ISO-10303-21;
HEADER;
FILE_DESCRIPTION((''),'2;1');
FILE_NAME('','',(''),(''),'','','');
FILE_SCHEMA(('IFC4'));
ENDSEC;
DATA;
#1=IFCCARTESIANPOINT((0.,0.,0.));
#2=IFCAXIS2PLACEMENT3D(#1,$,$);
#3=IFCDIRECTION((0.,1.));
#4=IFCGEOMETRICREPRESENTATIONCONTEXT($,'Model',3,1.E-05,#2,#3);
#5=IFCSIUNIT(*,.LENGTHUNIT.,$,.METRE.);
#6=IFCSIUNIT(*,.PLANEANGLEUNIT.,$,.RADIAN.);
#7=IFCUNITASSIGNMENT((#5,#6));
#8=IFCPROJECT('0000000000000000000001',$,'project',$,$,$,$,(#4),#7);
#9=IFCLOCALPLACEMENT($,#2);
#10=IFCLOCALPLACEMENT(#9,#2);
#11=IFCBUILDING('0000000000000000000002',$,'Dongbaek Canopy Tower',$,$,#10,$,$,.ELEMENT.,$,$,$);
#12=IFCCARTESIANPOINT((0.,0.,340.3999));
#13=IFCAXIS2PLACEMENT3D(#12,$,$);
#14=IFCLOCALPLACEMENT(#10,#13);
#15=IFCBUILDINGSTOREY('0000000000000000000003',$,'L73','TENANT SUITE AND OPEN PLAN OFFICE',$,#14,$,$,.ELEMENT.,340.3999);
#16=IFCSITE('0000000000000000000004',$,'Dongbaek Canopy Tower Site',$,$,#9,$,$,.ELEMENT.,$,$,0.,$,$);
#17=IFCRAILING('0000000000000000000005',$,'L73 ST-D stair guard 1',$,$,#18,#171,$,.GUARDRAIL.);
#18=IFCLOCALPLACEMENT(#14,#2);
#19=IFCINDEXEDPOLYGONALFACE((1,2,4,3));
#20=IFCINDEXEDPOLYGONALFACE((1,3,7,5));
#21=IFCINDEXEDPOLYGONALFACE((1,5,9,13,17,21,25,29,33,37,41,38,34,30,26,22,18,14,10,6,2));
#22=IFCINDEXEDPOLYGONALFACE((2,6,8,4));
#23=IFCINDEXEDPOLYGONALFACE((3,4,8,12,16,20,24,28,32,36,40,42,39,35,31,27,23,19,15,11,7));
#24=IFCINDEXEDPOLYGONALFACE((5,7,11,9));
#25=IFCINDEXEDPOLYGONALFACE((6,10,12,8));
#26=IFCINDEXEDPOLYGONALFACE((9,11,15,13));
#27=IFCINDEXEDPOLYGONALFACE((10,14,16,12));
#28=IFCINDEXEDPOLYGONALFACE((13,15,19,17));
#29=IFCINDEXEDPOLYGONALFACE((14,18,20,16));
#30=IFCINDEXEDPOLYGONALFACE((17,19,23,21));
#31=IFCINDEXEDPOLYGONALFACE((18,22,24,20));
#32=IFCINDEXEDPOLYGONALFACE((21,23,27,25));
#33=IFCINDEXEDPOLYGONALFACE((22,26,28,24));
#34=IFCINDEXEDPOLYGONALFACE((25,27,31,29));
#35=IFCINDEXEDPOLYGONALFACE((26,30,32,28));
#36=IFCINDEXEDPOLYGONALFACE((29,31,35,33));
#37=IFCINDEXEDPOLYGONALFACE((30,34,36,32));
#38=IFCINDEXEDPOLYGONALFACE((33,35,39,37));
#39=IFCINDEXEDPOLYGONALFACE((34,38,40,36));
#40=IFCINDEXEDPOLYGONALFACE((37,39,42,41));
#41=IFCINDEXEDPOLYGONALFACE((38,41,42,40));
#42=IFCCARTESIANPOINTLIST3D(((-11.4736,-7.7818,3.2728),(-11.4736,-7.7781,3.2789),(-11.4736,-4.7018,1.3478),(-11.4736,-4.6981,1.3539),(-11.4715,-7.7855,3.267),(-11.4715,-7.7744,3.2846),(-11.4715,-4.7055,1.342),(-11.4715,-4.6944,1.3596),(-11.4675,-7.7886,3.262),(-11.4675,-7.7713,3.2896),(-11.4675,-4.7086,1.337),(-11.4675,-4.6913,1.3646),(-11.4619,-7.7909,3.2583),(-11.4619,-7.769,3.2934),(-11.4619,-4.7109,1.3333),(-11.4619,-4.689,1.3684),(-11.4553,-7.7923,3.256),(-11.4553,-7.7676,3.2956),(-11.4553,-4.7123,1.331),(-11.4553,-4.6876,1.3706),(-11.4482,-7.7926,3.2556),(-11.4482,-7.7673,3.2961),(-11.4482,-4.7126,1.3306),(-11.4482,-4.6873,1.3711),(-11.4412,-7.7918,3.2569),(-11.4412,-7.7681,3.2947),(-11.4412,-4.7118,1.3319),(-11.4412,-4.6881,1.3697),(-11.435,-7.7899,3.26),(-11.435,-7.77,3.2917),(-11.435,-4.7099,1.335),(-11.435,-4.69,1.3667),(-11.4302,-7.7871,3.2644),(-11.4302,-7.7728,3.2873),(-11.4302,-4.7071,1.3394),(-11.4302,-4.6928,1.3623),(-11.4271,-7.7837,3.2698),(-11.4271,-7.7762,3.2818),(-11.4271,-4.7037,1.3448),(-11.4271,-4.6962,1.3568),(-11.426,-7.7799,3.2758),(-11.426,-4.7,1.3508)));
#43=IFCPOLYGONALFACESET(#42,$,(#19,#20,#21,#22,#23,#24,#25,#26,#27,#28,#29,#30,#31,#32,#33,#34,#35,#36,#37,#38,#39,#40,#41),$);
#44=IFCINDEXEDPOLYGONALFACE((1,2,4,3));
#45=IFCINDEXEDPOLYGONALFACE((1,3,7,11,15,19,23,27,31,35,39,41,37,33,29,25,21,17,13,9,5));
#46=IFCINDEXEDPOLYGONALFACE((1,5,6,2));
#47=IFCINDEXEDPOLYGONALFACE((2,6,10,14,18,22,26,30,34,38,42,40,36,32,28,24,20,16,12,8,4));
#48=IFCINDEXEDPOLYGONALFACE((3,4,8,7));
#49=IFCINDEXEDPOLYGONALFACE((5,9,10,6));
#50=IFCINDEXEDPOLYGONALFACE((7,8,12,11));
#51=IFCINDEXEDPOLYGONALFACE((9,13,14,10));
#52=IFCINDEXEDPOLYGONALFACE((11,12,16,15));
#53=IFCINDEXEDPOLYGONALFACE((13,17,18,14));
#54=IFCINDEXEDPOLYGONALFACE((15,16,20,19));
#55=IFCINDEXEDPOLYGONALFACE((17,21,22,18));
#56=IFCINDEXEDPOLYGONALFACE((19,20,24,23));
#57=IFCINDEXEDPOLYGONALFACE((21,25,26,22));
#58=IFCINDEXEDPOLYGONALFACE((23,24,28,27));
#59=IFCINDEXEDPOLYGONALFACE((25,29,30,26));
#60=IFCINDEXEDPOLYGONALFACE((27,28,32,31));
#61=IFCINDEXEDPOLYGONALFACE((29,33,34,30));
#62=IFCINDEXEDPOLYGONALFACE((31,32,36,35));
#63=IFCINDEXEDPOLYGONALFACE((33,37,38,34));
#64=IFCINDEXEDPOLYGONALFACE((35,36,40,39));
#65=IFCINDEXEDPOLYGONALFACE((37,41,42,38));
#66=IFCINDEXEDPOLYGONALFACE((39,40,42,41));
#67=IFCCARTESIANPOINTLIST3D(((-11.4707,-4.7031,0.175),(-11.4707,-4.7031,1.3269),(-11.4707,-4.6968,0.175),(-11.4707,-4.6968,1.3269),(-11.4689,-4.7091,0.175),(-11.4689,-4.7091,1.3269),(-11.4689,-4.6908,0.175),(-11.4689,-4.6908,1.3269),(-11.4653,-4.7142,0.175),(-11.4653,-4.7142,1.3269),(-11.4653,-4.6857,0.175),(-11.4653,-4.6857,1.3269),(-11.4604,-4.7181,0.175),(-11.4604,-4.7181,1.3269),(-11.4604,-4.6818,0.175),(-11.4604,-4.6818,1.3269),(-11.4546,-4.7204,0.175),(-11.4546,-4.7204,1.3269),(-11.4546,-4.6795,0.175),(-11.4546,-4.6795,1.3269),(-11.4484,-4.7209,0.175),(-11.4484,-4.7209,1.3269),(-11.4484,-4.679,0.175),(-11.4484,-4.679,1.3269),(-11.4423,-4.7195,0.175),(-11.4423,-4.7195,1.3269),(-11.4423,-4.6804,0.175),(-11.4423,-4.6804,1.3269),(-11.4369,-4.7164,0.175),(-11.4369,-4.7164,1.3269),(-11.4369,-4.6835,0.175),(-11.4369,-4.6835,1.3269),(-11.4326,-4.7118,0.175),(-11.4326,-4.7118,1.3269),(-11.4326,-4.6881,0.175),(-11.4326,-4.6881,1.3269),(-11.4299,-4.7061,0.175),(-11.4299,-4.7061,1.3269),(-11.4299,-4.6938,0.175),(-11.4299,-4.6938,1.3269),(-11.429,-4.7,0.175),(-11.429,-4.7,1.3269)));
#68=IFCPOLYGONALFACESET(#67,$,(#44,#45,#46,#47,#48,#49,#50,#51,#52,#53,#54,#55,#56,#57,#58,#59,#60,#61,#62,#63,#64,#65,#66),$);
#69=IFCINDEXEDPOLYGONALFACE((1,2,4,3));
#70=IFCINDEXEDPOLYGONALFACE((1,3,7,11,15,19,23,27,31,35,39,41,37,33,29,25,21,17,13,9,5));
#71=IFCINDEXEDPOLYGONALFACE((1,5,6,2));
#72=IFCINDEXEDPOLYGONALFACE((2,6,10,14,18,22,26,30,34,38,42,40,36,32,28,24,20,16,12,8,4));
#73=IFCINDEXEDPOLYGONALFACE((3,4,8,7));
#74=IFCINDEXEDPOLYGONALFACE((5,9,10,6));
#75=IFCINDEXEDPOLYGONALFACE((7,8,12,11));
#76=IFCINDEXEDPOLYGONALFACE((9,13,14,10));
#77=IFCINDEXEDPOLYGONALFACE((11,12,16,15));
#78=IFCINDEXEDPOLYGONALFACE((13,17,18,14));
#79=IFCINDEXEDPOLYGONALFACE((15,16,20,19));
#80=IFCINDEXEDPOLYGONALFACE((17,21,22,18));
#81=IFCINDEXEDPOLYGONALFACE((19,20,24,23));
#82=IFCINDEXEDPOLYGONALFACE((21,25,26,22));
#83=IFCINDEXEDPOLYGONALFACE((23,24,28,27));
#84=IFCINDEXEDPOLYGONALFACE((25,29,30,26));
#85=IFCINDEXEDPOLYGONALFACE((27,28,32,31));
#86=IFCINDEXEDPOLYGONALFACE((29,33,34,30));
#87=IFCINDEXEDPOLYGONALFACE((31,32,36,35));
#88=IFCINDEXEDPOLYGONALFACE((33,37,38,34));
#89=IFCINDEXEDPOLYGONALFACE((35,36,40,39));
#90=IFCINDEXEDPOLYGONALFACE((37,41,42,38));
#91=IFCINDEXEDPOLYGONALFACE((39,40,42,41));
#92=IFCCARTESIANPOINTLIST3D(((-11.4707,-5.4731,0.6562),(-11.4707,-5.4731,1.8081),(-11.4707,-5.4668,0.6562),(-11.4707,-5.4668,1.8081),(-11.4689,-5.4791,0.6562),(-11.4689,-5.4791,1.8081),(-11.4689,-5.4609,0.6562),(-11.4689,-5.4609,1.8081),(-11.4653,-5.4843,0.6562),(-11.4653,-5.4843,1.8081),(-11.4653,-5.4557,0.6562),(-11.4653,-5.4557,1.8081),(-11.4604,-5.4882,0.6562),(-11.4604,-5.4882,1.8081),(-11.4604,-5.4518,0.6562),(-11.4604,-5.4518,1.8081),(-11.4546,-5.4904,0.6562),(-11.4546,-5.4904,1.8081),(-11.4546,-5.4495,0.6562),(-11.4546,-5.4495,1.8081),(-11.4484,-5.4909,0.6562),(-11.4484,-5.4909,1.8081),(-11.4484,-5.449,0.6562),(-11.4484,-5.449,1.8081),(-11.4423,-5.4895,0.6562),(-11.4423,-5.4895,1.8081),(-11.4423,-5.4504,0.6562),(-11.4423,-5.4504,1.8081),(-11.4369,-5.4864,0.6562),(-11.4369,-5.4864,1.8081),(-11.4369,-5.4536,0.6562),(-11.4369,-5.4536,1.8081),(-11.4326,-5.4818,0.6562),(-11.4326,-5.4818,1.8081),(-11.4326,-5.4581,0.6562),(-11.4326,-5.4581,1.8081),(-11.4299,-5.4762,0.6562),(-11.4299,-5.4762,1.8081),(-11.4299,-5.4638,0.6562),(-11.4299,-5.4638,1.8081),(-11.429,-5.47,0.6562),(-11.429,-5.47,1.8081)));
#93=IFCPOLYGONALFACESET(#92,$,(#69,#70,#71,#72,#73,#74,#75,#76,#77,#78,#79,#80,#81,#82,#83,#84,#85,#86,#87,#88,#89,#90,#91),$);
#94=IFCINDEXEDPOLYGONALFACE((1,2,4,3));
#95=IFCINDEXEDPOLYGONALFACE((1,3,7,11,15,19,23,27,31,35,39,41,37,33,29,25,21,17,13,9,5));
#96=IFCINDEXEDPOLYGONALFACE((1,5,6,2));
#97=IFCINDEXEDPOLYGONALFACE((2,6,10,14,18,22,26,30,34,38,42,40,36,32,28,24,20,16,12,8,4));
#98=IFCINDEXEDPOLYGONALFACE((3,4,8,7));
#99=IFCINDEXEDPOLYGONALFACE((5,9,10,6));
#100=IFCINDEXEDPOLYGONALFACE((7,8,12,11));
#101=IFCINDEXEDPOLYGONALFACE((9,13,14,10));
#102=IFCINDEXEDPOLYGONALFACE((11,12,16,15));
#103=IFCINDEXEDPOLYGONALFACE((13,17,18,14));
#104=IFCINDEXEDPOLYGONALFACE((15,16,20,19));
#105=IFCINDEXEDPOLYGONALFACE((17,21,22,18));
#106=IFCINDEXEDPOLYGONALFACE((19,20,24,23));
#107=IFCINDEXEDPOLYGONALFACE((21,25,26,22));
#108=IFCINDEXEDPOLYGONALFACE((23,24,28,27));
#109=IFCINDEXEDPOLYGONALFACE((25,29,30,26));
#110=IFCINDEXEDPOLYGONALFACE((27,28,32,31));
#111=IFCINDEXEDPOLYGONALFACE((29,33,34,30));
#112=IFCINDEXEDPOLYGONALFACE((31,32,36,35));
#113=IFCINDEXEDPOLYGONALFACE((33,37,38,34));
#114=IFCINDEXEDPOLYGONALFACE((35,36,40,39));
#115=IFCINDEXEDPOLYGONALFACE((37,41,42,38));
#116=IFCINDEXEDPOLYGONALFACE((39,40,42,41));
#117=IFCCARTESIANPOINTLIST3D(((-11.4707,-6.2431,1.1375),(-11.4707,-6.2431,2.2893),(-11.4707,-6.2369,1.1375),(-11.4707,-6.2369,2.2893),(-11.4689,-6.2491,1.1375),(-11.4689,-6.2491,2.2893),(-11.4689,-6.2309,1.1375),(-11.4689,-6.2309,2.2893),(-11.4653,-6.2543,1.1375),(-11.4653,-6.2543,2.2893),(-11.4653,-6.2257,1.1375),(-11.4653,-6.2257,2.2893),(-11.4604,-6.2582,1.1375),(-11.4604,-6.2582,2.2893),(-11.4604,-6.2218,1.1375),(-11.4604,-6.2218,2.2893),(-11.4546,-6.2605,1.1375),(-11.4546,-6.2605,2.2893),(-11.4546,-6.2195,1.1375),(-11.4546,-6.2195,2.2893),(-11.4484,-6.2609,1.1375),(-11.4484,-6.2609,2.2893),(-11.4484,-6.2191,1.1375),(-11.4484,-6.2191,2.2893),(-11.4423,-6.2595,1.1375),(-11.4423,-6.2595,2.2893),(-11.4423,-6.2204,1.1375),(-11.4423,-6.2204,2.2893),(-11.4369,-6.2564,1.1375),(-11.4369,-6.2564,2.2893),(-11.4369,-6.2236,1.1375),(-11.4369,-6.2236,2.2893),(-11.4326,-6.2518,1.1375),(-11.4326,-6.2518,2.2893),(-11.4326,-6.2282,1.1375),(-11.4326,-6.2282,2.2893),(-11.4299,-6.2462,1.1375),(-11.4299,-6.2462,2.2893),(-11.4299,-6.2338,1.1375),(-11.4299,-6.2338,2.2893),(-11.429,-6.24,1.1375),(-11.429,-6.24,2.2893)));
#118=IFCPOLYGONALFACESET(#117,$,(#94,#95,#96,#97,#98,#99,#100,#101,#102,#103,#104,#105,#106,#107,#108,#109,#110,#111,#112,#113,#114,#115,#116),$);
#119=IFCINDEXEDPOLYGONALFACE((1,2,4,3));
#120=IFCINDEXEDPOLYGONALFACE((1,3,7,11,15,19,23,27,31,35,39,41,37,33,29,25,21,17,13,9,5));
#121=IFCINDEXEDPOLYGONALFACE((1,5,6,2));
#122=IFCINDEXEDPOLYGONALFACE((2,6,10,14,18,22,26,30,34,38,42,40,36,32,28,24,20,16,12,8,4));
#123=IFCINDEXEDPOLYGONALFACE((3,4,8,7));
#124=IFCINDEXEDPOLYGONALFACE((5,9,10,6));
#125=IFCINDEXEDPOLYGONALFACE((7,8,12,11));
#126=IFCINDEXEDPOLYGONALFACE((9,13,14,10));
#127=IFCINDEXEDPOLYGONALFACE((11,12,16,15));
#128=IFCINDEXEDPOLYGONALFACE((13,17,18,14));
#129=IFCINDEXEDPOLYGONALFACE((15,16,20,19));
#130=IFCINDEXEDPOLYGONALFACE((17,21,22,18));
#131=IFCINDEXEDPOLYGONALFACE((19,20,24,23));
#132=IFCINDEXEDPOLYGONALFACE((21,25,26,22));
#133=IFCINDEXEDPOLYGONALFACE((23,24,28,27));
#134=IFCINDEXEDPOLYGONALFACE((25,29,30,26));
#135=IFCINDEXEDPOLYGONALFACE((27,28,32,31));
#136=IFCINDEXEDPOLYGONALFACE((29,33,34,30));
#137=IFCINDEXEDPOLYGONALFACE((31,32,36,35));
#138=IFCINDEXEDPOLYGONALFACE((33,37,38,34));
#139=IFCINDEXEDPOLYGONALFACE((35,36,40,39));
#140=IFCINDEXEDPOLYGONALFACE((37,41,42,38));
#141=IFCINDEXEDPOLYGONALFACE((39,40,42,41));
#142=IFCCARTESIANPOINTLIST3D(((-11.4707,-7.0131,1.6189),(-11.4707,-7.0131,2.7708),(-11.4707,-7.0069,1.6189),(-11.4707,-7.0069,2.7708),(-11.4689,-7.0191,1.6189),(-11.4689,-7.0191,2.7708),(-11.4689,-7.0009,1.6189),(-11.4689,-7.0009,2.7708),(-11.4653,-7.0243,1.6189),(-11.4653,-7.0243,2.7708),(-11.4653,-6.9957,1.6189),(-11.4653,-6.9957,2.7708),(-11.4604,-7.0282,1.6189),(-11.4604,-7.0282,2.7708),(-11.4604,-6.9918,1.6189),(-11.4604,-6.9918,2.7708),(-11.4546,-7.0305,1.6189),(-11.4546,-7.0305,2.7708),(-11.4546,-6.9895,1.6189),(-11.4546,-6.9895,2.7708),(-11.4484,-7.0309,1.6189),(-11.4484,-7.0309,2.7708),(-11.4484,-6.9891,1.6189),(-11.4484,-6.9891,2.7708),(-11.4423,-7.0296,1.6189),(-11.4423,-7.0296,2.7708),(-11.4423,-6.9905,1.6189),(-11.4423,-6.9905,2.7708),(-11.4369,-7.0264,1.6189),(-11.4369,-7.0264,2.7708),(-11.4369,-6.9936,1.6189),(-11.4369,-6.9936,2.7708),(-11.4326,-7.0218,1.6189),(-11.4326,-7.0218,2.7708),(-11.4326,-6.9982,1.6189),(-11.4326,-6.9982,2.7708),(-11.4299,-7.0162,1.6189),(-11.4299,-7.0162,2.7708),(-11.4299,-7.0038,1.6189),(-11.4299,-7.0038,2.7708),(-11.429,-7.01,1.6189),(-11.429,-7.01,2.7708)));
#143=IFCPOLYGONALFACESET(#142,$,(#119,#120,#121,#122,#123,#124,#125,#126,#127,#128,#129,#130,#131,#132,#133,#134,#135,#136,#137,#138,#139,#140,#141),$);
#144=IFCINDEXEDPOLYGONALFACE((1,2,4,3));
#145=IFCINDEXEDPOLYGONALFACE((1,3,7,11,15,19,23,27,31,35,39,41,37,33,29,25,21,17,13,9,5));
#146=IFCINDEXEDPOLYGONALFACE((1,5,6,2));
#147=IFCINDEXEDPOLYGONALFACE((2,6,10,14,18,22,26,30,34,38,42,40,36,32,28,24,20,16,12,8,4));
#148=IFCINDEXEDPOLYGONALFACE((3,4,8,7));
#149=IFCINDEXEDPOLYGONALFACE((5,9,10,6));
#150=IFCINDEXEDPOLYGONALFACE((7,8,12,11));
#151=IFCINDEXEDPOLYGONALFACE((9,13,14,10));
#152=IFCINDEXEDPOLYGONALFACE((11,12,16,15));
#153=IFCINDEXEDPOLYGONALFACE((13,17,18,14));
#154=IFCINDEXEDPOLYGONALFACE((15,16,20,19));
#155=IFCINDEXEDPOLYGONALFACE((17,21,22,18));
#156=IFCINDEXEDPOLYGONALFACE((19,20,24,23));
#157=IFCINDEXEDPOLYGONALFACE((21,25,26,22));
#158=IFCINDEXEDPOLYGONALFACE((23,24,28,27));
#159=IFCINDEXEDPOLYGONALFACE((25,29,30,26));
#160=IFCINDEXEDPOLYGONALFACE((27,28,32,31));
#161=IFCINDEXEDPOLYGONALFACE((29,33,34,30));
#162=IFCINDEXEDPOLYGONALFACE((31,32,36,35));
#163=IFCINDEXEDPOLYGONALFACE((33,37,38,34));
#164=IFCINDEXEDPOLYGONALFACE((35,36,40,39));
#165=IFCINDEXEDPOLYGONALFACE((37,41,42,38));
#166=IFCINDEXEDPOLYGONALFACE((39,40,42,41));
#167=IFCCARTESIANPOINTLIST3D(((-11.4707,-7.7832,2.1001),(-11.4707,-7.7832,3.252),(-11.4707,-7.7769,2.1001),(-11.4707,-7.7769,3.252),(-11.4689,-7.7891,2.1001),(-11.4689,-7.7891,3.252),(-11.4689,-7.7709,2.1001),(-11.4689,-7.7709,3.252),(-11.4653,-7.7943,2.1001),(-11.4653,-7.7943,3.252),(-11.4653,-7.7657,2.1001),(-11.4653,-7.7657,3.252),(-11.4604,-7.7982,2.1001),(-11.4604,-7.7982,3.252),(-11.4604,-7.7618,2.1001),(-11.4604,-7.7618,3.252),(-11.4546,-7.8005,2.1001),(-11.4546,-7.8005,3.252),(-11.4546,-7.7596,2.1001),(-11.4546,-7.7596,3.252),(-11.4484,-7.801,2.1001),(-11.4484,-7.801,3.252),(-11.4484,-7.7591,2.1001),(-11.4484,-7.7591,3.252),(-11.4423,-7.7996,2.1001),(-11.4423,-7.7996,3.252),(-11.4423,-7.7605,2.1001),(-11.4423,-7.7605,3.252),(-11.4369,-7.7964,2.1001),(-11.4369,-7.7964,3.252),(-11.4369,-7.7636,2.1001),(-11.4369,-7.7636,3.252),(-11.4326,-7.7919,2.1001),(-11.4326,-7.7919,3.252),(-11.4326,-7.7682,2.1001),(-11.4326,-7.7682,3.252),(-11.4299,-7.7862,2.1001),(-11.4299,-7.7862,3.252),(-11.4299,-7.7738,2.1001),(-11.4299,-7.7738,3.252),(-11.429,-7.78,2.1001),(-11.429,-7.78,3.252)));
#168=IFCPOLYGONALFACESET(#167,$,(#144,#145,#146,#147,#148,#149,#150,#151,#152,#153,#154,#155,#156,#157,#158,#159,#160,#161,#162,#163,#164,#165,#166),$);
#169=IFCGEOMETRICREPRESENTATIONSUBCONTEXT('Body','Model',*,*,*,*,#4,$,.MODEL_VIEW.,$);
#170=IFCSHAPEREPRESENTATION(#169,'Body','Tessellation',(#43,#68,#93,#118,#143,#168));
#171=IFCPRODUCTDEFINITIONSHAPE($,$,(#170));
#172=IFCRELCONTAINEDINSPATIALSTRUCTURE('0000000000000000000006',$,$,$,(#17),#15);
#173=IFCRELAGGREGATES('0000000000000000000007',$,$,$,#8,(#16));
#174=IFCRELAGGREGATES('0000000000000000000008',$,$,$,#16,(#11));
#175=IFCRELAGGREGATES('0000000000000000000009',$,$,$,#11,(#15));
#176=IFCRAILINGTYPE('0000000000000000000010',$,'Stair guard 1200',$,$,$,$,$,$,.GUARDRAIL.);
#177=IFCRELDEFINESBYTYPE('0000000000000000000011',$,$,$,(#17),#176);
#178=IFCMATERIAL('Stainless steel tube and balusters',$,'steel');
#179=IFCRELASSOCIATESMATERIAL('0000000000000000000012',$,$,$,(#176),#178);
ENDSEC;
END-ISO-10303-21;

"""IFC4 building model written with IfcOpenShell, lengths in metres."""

from ifc_helpers import new_model, si_unit, direction, frame, origin, origin_2d, place, context, subcontext, project, spatial, circle, extrude, material, type_object, element, save


model = new_model("IFC4")

# Units and contexts
model_context = context("Model", 3, precision=1e-05, world=origin(), true_north=direction((0.0, 1.0)))
body_context = subcontext(model_context, "Body", "Model", "MODEL_VIEW")
ifc_project = project(units=[si_unit("LENGTHUNIT", "METRE"), si_unit("PLANEANGLEUNIT", "RADIAN")], contexts=[model_context])

# Site, building, storey
site_placement = place(None, origin())
site = spatial("IfcSite", under=ifc_project, at=site_placement, Name="Dongbaek Canopy Tower Site", CompositionType="ELEMENT", RefElevation=0.0)
building_placement = place(site_placement, origin())
building = spatial("IfcBuilding", under=site, at=building_placement, Name="Dongbaek Canopy Tower", CompositionType="ELEMENT")
storey_placement = place(building_placement, frame((0.0, 0.0, 340.3999)))
storey = spatial("IfcBuildingStorey", under=building, at=storey_placement, Name="L73", Description="TENANT SUITE AND OPEN PLAN OFFICE", CompositionType="ELEMENT", Elevation=340.3999)

# Railing
ifc_material_1 = material(Name="Stainless steel tube and balusters", Category="steel")
railing_type_1 = type_object("IfcRailingType", Name="Stair guard 1200", PredefinedType="GUARDRAIL", material=ifc_material_1)
railing_1_placement = place(storey_placement, frame((-11.45, -4.7, 0.175)))
element("IfcRailing", 1, at=railing_1_placement, inside=storey, type_object=railing_type_1, Name="L73 ST-D stair guard 1", PredefinedType="GUARDRAIL", context=body_context, shape_type="SweptSolid", body=[
    extrude(circle(Radius=0.0239, at=origin_2d()), frame((0.0, 0.0, 1.1758), z_axis=(0.0, -0.847998, 0.529999), x_axis=(1.0, 0.0, 0.0)), (0.0, 0.0, 1.0), 3.6321),
    extrude(circle(Radius=0.021, at=origin_2d()), origin(), (0.0, 0.0, 1.0), 1.1519),
    extrude(circle(Radius=0.021, at=origin_2d()), frame((0.0, -0.77, 0.4812)), (0.0, 0.0, 1.0), 1.1519),
    extrude(circle(Radius=0.021, at=origin_2d()), frame((0.0, -1.54, 0.9624)), (0.0, 0.0, 1.0), 1.1519),
    extrude(circle(Radius=0.021, at=origin_2d()), frame((0.0, -2.3101, 1.4438)), (0.0, 0.0, 1.0), 1.1519),
    extrude(circle(Radius=0.021, at=origin_2d()), frame((0.0, -3.0801, 1.925)), (0.0, 0.0, 1.0), 1.1519),
])

save(model, "model.ifc")
